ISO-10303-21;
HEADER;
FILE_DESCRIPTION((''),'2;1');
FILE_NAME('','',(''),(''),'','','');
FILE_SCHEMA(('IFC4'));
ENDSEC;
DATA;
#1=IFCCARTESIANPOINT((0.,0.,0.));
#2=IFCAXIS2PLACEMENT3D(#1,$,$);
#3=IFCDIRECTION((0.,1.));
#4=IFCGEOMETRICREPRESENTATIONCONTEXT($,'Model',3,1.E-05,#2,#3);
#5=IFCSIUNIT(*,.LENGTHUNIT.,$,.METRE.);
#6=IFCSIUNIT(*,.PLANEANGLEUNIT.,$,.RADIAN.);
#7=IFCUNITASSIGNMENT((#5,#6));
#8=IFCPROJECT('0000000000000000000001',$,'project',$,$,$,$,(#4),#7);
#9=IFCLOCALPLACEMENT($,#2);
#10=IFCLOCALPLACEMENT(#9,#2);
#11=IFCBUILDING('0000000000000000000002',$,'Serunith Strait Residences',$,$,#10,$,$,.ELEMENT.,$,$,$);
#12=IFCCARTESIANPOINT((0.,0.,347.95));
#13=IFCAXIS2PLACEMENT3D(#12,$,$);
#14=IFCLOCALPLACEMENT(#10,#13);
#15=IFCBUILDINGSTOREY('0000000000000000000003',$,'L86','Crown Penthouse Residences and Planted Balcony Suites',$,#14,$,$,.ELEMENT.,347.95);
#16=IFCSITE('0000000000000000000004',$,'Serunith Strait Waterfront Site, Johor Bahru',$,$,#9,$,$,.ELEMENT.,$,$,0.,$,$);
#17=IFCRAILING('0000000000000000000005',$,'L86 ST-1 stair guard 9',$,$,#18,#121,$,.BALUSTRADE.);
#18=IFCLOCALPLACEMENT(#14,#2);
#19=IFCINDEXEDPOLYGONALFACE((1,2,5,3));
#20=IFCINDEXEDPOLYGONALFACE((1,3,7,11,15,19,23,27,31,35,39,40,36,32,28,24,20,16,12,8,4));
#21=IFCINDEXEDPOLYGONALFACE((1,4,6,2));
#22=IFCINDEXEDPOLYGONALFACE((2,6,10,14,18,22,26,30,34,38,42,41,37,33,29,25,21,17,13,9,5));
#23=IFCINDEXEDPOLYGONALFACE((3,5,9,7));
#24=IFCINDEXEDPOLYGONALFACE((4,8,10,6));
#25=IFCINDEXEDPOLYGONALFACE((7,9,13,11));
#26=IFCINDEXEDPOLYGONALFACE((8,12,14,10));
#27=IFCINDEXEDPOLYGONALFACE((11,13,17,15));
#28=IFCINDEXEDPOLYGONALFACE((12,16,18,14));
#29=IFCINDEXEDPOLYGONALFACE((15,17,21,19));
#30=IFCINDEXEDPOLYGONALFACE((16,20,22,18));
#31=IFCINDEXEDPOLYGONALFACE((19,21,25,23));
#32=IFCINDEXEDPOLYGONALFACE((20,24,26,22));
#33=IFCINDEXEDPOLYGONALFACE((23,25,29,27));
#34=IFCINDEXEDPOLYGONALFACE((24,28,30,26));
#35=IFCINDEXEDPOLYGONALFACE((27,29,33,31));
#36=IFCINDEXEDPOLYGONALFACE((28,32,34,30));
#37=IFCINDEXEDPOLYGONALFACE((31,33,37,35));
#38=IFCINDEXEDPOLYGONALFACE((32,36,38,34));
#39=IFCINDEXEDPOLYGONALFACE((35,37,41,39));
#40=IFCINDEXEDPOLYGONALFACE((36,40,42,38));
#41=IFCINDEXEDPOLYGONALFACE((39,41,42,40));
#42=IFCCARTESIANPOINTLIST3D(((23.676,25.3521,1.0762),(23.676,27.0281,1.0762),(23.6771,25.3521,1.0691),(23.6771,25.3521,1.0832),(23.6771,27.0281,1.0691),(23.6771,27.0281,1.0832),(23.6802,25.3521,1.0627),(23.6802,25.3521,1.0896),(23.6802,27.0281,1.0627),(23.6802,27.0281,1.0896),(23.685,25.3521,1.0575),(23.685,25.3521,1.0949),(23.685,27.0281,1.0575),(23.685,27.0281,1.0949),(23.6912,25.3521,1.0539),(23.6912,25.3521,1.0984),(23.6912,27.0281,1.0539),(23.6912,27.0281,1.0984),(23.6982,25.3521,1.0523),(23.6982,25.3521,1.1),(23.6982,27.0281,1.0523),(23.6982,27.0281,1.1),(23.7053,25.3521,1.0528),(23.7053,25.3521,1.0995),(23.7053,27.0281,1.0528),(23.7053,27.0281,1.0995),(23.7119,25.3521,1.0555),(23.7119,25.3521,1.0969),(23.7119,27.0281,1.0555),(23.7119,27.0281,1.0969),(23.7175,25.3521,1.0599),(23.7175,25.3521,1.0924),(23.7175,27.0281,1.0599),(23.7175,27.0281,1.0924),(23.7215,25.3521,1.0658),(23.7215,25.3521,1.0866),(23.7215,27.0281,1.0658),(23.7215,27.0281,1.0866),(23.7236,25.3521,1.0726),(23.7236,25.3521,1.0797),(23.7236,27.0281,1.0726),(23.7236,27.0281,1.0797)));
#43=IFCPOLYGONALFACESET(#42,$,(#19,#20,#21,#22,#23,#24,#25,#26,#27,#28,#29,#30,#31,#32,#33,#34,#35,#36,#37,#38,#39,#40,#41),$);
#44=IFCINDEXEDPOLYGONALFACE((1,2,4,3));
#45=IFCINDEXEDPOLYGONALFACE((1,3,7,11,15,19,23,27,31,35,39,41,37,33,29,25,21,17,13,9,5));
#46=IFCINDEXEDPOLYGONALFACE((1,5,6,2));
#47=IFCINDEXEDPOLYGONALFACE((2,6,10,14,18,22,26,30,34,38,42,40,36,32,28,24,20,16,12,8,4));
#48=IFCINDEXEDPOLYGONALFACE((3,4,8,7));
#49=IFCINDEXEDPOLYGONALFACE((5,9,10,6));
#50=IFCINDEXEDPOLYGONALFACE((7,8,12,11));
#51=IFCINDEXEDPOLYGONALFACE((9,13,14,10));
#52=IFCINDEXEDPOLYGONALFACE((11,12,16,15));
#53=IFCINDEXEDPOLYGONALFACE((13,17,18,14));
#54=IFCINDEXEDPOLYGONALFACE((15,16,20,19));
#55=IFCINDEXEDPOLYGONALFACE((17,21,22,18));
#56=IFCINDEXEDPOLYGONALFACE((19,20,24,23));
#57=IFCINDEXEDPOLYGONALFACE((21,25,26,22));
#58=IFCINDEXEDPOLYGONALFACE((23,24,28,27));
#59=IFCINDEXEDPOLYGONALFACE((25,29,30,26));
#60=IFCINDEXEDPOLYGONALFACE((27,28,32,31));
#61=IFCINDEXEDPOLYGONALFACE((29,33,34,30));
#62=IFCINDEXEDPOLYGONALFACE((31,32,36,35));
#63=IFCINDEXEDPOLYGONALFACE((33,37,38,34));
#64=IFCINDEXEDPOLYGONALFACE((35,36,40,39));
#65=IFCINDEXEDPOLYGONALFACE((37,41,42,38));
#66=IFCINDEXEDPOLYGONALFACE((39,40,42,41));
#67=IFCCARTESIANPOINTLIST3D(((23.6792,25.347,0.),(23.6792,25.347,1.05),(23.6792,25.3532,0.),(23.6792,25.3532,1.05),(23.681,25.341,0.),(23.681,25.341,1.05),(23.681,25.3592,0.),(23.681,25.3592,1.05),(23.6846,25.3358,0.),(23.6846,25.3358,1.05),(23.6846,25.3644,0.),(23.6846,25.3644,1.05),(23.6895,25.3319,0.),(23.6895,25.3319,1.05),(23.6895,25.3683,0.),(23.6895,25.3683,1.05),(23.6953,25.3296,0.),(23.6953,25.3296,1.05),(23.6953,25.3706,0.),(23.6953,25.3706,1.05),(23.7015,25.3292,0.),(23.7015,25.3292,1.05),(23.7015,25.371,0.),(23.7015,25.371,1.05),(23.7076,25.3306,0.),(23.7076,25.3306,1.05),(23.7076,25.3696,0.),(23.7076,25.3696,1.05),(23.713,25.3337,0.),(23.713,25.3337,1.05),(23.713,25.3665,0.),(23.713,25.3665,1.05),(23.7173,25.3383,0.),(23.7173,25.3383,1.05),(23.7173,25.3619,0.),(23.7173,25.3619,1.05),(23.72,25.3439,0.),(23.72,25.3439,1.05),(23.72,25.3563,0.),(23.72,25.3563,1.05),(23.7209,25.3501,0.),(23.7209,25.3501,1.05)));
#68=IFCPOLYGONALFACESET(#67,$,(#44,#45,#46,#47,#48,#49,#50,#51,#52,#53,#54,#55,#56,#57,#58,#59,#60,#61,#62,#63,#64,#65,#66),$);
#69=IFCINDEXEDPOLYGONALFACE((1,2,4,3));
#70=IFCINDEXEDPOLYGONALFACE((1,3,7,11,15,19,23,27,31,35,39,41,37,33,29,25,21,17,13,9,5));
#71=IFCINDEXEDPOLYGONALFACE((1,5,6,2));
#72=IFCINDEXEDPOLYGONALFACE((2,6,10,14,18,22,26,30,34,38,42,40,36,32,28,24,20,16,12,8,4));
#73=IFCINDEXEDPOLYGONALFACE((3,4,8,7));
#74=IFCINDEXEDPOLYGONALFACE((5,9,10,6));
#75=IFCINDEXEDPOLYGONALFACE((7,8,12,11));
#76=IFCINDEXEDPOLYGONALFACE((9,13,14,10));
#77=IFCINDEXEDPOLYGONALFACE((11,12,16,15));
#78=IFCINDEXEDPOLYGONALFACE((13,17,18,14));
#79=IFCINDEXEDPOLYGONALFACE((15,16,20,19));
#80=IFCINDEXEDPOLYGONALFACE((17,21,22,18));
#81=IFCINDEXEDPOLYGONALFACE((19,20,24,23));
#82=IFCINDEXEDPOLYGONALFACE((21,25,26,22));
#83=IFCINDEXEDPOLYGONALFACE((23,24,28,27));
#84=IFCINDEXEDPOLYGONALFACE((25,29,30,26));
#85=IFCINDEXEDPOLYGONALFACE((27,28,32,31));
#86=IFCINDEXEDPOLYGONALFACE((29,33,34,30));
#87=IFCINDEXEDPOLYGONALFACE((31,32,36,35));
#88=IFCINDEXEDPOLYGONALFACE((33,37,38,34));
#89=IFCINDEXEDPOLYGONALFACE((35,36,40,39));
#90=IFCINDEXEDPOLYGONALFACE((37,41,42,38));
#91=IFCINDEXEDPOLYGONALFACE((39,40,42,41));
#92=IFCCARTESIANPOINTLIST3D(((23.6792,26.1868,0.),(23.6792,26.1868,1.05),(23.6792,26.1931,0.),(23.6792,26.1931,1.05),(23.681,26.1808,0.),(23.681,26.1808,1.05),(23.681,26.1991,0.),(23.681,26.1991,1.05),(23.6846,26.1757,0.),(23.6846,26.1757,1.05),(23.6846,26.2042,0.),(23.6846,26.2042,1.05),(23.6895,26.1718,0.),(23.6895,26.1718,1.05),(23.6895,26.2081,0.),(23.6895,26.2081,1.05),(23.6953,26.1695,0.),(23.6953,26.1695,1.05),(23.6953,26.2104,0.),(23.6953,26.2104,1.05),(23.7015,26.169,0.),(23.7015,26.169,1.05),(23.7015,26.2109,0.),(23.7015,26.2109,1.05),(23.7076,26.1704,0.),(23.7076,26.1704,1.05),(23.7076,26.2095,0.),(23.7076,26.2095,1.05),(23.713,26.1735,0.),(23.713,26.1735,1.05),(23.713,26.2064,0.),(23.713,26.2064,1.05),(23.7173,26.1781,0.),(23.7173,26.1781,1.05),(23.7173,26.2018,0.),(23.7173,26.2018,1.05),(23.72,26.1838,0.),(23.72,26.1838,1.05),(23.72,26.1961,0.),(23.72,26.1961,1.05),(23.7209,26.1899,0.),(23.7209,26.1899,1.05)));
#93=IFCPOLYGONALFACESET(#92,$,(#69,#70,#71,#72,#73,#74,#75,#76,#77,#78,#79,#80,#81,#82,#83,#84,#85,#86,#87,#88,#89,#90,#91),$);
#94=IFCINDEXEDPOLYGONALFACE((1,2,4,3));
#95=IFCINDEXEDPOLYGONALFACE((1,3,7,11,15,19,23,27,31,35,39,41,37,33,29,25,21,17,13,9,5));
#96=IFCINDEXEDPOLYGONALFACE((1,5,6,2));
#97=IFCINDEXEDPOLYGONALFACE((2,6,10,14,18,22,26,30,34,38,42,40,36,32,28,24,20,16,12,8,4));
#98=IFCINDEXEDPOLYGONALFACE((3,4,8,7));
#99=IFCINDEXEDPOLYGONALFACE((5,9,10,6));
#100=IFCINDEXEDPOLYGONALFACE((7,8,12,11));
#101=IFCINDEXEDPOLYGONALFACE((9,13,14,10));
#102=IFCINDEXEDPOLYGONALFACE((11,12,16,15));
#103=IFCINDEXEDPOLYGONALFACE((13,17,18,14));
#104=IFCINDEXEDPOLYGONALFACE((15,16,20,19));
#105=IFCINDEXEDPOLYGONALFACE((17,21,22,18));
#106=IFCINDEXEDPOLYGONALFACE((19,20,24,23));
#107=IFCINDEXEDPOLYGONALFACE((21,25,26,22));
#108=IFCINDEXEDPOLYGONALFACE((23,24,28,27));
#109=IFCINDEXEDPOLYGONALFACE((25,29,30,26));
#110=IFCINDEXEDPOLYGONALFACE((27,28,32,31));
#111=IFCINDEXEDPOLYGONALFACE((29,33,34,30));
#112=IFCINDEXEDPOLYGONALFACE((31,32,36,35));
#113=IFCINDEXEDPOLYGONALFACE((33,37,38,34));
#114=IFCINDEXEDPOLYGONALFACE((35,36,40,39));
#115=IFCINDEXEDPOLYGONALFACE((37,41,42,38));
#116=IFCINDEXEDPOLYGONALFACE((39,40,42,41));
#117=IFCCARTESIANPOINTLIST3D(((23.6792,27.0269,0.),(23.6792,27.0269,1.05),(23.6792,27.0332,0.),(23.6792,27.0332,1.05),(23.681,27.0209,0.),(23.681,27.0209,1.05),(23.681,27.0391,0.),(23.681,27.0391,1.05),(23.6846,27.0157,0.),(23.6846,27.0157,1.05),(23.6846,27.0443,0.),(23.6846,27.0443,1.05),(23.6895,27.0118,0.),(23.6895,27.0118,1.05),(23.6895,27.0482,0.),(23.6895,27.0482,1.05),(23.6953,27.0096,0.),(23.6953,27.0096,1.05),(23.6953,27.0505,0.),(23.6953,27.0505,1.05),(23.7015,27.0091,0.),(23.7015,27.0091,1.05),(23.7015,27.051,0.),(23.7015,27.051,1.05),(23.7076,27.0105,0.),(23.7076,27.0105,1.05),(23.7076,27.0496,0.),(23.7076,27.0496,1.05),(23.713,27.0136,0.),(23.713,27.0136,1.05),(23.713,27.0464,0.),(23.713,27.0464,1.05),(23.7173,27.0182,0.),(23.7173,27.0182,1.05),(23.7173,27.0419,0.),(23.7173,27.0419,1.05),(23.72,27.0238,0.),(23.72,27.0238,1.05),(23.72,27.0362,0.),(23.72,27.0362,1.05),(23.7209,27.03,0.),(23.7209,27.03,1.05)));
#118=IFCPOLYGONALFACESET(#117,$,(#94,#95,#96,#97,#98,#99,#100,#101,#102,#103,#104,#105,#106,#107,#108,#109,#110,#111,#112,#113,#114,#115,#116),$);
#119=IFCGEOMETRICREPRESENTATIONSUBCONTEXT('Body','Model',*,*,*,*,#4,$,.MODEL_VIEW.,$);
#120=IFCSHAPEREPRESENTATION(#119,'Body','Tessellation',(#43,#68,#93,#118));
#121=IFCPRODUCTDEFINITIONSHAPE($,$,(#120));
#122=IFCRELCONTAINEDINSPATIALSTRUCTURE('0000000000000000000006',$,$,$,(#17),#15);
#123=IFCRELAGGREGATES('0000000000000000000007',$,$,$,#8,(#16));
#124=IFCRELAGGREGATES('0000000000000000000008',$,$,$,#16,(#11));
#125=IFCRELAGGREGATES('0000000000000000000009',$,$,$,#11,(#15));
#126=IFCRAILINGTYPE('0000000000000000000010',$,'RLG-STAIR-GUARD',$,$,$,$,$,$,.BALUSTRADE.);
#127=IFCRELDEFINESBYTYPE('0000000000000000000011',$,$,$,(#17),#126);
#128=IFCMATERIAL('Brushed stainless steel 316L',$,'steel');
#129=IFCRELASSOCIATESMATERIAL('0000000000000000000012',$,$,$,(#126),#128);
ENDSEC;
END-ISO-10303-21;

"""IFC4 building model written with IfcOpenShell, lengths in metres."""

from ifc_helpers import new_model, si_unit, direction, frame, origin, origin_2d, place, context, subcontext, project, spatial, circle, extrude, material, type_object, element, save


model = new_model("IFC4")

# Units and contexts
model_context = context("Model", 3, precision=1e-05, world=origin(), true_north=direction((0.0, 1.0)))
body_context = subcontext(model_context, "Body", "Model", "MODEL_VIEW")
ifc_project = project(units=[si_unit("LENGTHUNIT", "METRE"), si_unit("PLANEANGLEUNIT", "RADIAN")], contexts=[model_context])

# Site, building, storey
site_placement = place(None, origin())
site = spatial("IfcSite", under=ifc_project, at=site_placement, Name="Serunith Strait Waterfront Site, Johor Bahru", CompositionType="ELEMENT", RefElevation=0.0)
building_placement = place(site_placement, origin())
building = spatial("IfcBuilding", under=site, at=building_placement, Name="Serunith Strait Residences", CompositionType="ELEMENT")
storey_placement = place(building_placement, frame((0.0, 0.0, 347.95)))
storey = spatial("IfcBuildingStorey", under=building, at=storey_placement, Name="L86", Description="Crown Penthouse Residences and Planted Balcony Suites", CompositionType="ELEMENT", Elevation=347.95)

# Railing
ifc_material_1 = material(Name="Brushed stainless steel 316L", Category="steel")
railing_type_1 = type_object("IfcRailingType", Name="RLG-STAIR-GUARD", PredefinedType="BALUSTRADE", material=ifc_material_1)
for number, where, name in (
    (1, (23.7, 25.3501, 0.0), "L86 ST-1 stair guard 9"),
):
    element("IfcRailing", number, at=place(storey_placement, frame(where)), inside=storey, type_object=railing_type_1, Name=name, PredefinedType="BALUSTRADE", context=body_context, shape_type="SweptSolid", body=[
        extrude(circle(Radius=0.0239, at=origin_2d()), frame((0.0, 0.002, 1.0762), z_axis=(0.0, 1.0, 0.0), x_axis=(-1.0, 0.0, 0.0)), (0.0, 0.0, 1.0), 1.676),
        extrude(circle(Radius=0.021, at=origin_2d()), origin(), (0.0, 0.0, 1.0), 1.05),
        extrude(circle(Radius=0.021, at=origin_2d()), frame((0.0, 0.8398, 0.0)), (0.0, 0.0, 1.0), 1.05),
        extrude(circle(Radius=0.021, at=origin_2d()), frame((0.0, 1.6799, 0.0)), (0.0, 0.0, 1.0), 1.05),
    ])

save(model, "model.ifc")
